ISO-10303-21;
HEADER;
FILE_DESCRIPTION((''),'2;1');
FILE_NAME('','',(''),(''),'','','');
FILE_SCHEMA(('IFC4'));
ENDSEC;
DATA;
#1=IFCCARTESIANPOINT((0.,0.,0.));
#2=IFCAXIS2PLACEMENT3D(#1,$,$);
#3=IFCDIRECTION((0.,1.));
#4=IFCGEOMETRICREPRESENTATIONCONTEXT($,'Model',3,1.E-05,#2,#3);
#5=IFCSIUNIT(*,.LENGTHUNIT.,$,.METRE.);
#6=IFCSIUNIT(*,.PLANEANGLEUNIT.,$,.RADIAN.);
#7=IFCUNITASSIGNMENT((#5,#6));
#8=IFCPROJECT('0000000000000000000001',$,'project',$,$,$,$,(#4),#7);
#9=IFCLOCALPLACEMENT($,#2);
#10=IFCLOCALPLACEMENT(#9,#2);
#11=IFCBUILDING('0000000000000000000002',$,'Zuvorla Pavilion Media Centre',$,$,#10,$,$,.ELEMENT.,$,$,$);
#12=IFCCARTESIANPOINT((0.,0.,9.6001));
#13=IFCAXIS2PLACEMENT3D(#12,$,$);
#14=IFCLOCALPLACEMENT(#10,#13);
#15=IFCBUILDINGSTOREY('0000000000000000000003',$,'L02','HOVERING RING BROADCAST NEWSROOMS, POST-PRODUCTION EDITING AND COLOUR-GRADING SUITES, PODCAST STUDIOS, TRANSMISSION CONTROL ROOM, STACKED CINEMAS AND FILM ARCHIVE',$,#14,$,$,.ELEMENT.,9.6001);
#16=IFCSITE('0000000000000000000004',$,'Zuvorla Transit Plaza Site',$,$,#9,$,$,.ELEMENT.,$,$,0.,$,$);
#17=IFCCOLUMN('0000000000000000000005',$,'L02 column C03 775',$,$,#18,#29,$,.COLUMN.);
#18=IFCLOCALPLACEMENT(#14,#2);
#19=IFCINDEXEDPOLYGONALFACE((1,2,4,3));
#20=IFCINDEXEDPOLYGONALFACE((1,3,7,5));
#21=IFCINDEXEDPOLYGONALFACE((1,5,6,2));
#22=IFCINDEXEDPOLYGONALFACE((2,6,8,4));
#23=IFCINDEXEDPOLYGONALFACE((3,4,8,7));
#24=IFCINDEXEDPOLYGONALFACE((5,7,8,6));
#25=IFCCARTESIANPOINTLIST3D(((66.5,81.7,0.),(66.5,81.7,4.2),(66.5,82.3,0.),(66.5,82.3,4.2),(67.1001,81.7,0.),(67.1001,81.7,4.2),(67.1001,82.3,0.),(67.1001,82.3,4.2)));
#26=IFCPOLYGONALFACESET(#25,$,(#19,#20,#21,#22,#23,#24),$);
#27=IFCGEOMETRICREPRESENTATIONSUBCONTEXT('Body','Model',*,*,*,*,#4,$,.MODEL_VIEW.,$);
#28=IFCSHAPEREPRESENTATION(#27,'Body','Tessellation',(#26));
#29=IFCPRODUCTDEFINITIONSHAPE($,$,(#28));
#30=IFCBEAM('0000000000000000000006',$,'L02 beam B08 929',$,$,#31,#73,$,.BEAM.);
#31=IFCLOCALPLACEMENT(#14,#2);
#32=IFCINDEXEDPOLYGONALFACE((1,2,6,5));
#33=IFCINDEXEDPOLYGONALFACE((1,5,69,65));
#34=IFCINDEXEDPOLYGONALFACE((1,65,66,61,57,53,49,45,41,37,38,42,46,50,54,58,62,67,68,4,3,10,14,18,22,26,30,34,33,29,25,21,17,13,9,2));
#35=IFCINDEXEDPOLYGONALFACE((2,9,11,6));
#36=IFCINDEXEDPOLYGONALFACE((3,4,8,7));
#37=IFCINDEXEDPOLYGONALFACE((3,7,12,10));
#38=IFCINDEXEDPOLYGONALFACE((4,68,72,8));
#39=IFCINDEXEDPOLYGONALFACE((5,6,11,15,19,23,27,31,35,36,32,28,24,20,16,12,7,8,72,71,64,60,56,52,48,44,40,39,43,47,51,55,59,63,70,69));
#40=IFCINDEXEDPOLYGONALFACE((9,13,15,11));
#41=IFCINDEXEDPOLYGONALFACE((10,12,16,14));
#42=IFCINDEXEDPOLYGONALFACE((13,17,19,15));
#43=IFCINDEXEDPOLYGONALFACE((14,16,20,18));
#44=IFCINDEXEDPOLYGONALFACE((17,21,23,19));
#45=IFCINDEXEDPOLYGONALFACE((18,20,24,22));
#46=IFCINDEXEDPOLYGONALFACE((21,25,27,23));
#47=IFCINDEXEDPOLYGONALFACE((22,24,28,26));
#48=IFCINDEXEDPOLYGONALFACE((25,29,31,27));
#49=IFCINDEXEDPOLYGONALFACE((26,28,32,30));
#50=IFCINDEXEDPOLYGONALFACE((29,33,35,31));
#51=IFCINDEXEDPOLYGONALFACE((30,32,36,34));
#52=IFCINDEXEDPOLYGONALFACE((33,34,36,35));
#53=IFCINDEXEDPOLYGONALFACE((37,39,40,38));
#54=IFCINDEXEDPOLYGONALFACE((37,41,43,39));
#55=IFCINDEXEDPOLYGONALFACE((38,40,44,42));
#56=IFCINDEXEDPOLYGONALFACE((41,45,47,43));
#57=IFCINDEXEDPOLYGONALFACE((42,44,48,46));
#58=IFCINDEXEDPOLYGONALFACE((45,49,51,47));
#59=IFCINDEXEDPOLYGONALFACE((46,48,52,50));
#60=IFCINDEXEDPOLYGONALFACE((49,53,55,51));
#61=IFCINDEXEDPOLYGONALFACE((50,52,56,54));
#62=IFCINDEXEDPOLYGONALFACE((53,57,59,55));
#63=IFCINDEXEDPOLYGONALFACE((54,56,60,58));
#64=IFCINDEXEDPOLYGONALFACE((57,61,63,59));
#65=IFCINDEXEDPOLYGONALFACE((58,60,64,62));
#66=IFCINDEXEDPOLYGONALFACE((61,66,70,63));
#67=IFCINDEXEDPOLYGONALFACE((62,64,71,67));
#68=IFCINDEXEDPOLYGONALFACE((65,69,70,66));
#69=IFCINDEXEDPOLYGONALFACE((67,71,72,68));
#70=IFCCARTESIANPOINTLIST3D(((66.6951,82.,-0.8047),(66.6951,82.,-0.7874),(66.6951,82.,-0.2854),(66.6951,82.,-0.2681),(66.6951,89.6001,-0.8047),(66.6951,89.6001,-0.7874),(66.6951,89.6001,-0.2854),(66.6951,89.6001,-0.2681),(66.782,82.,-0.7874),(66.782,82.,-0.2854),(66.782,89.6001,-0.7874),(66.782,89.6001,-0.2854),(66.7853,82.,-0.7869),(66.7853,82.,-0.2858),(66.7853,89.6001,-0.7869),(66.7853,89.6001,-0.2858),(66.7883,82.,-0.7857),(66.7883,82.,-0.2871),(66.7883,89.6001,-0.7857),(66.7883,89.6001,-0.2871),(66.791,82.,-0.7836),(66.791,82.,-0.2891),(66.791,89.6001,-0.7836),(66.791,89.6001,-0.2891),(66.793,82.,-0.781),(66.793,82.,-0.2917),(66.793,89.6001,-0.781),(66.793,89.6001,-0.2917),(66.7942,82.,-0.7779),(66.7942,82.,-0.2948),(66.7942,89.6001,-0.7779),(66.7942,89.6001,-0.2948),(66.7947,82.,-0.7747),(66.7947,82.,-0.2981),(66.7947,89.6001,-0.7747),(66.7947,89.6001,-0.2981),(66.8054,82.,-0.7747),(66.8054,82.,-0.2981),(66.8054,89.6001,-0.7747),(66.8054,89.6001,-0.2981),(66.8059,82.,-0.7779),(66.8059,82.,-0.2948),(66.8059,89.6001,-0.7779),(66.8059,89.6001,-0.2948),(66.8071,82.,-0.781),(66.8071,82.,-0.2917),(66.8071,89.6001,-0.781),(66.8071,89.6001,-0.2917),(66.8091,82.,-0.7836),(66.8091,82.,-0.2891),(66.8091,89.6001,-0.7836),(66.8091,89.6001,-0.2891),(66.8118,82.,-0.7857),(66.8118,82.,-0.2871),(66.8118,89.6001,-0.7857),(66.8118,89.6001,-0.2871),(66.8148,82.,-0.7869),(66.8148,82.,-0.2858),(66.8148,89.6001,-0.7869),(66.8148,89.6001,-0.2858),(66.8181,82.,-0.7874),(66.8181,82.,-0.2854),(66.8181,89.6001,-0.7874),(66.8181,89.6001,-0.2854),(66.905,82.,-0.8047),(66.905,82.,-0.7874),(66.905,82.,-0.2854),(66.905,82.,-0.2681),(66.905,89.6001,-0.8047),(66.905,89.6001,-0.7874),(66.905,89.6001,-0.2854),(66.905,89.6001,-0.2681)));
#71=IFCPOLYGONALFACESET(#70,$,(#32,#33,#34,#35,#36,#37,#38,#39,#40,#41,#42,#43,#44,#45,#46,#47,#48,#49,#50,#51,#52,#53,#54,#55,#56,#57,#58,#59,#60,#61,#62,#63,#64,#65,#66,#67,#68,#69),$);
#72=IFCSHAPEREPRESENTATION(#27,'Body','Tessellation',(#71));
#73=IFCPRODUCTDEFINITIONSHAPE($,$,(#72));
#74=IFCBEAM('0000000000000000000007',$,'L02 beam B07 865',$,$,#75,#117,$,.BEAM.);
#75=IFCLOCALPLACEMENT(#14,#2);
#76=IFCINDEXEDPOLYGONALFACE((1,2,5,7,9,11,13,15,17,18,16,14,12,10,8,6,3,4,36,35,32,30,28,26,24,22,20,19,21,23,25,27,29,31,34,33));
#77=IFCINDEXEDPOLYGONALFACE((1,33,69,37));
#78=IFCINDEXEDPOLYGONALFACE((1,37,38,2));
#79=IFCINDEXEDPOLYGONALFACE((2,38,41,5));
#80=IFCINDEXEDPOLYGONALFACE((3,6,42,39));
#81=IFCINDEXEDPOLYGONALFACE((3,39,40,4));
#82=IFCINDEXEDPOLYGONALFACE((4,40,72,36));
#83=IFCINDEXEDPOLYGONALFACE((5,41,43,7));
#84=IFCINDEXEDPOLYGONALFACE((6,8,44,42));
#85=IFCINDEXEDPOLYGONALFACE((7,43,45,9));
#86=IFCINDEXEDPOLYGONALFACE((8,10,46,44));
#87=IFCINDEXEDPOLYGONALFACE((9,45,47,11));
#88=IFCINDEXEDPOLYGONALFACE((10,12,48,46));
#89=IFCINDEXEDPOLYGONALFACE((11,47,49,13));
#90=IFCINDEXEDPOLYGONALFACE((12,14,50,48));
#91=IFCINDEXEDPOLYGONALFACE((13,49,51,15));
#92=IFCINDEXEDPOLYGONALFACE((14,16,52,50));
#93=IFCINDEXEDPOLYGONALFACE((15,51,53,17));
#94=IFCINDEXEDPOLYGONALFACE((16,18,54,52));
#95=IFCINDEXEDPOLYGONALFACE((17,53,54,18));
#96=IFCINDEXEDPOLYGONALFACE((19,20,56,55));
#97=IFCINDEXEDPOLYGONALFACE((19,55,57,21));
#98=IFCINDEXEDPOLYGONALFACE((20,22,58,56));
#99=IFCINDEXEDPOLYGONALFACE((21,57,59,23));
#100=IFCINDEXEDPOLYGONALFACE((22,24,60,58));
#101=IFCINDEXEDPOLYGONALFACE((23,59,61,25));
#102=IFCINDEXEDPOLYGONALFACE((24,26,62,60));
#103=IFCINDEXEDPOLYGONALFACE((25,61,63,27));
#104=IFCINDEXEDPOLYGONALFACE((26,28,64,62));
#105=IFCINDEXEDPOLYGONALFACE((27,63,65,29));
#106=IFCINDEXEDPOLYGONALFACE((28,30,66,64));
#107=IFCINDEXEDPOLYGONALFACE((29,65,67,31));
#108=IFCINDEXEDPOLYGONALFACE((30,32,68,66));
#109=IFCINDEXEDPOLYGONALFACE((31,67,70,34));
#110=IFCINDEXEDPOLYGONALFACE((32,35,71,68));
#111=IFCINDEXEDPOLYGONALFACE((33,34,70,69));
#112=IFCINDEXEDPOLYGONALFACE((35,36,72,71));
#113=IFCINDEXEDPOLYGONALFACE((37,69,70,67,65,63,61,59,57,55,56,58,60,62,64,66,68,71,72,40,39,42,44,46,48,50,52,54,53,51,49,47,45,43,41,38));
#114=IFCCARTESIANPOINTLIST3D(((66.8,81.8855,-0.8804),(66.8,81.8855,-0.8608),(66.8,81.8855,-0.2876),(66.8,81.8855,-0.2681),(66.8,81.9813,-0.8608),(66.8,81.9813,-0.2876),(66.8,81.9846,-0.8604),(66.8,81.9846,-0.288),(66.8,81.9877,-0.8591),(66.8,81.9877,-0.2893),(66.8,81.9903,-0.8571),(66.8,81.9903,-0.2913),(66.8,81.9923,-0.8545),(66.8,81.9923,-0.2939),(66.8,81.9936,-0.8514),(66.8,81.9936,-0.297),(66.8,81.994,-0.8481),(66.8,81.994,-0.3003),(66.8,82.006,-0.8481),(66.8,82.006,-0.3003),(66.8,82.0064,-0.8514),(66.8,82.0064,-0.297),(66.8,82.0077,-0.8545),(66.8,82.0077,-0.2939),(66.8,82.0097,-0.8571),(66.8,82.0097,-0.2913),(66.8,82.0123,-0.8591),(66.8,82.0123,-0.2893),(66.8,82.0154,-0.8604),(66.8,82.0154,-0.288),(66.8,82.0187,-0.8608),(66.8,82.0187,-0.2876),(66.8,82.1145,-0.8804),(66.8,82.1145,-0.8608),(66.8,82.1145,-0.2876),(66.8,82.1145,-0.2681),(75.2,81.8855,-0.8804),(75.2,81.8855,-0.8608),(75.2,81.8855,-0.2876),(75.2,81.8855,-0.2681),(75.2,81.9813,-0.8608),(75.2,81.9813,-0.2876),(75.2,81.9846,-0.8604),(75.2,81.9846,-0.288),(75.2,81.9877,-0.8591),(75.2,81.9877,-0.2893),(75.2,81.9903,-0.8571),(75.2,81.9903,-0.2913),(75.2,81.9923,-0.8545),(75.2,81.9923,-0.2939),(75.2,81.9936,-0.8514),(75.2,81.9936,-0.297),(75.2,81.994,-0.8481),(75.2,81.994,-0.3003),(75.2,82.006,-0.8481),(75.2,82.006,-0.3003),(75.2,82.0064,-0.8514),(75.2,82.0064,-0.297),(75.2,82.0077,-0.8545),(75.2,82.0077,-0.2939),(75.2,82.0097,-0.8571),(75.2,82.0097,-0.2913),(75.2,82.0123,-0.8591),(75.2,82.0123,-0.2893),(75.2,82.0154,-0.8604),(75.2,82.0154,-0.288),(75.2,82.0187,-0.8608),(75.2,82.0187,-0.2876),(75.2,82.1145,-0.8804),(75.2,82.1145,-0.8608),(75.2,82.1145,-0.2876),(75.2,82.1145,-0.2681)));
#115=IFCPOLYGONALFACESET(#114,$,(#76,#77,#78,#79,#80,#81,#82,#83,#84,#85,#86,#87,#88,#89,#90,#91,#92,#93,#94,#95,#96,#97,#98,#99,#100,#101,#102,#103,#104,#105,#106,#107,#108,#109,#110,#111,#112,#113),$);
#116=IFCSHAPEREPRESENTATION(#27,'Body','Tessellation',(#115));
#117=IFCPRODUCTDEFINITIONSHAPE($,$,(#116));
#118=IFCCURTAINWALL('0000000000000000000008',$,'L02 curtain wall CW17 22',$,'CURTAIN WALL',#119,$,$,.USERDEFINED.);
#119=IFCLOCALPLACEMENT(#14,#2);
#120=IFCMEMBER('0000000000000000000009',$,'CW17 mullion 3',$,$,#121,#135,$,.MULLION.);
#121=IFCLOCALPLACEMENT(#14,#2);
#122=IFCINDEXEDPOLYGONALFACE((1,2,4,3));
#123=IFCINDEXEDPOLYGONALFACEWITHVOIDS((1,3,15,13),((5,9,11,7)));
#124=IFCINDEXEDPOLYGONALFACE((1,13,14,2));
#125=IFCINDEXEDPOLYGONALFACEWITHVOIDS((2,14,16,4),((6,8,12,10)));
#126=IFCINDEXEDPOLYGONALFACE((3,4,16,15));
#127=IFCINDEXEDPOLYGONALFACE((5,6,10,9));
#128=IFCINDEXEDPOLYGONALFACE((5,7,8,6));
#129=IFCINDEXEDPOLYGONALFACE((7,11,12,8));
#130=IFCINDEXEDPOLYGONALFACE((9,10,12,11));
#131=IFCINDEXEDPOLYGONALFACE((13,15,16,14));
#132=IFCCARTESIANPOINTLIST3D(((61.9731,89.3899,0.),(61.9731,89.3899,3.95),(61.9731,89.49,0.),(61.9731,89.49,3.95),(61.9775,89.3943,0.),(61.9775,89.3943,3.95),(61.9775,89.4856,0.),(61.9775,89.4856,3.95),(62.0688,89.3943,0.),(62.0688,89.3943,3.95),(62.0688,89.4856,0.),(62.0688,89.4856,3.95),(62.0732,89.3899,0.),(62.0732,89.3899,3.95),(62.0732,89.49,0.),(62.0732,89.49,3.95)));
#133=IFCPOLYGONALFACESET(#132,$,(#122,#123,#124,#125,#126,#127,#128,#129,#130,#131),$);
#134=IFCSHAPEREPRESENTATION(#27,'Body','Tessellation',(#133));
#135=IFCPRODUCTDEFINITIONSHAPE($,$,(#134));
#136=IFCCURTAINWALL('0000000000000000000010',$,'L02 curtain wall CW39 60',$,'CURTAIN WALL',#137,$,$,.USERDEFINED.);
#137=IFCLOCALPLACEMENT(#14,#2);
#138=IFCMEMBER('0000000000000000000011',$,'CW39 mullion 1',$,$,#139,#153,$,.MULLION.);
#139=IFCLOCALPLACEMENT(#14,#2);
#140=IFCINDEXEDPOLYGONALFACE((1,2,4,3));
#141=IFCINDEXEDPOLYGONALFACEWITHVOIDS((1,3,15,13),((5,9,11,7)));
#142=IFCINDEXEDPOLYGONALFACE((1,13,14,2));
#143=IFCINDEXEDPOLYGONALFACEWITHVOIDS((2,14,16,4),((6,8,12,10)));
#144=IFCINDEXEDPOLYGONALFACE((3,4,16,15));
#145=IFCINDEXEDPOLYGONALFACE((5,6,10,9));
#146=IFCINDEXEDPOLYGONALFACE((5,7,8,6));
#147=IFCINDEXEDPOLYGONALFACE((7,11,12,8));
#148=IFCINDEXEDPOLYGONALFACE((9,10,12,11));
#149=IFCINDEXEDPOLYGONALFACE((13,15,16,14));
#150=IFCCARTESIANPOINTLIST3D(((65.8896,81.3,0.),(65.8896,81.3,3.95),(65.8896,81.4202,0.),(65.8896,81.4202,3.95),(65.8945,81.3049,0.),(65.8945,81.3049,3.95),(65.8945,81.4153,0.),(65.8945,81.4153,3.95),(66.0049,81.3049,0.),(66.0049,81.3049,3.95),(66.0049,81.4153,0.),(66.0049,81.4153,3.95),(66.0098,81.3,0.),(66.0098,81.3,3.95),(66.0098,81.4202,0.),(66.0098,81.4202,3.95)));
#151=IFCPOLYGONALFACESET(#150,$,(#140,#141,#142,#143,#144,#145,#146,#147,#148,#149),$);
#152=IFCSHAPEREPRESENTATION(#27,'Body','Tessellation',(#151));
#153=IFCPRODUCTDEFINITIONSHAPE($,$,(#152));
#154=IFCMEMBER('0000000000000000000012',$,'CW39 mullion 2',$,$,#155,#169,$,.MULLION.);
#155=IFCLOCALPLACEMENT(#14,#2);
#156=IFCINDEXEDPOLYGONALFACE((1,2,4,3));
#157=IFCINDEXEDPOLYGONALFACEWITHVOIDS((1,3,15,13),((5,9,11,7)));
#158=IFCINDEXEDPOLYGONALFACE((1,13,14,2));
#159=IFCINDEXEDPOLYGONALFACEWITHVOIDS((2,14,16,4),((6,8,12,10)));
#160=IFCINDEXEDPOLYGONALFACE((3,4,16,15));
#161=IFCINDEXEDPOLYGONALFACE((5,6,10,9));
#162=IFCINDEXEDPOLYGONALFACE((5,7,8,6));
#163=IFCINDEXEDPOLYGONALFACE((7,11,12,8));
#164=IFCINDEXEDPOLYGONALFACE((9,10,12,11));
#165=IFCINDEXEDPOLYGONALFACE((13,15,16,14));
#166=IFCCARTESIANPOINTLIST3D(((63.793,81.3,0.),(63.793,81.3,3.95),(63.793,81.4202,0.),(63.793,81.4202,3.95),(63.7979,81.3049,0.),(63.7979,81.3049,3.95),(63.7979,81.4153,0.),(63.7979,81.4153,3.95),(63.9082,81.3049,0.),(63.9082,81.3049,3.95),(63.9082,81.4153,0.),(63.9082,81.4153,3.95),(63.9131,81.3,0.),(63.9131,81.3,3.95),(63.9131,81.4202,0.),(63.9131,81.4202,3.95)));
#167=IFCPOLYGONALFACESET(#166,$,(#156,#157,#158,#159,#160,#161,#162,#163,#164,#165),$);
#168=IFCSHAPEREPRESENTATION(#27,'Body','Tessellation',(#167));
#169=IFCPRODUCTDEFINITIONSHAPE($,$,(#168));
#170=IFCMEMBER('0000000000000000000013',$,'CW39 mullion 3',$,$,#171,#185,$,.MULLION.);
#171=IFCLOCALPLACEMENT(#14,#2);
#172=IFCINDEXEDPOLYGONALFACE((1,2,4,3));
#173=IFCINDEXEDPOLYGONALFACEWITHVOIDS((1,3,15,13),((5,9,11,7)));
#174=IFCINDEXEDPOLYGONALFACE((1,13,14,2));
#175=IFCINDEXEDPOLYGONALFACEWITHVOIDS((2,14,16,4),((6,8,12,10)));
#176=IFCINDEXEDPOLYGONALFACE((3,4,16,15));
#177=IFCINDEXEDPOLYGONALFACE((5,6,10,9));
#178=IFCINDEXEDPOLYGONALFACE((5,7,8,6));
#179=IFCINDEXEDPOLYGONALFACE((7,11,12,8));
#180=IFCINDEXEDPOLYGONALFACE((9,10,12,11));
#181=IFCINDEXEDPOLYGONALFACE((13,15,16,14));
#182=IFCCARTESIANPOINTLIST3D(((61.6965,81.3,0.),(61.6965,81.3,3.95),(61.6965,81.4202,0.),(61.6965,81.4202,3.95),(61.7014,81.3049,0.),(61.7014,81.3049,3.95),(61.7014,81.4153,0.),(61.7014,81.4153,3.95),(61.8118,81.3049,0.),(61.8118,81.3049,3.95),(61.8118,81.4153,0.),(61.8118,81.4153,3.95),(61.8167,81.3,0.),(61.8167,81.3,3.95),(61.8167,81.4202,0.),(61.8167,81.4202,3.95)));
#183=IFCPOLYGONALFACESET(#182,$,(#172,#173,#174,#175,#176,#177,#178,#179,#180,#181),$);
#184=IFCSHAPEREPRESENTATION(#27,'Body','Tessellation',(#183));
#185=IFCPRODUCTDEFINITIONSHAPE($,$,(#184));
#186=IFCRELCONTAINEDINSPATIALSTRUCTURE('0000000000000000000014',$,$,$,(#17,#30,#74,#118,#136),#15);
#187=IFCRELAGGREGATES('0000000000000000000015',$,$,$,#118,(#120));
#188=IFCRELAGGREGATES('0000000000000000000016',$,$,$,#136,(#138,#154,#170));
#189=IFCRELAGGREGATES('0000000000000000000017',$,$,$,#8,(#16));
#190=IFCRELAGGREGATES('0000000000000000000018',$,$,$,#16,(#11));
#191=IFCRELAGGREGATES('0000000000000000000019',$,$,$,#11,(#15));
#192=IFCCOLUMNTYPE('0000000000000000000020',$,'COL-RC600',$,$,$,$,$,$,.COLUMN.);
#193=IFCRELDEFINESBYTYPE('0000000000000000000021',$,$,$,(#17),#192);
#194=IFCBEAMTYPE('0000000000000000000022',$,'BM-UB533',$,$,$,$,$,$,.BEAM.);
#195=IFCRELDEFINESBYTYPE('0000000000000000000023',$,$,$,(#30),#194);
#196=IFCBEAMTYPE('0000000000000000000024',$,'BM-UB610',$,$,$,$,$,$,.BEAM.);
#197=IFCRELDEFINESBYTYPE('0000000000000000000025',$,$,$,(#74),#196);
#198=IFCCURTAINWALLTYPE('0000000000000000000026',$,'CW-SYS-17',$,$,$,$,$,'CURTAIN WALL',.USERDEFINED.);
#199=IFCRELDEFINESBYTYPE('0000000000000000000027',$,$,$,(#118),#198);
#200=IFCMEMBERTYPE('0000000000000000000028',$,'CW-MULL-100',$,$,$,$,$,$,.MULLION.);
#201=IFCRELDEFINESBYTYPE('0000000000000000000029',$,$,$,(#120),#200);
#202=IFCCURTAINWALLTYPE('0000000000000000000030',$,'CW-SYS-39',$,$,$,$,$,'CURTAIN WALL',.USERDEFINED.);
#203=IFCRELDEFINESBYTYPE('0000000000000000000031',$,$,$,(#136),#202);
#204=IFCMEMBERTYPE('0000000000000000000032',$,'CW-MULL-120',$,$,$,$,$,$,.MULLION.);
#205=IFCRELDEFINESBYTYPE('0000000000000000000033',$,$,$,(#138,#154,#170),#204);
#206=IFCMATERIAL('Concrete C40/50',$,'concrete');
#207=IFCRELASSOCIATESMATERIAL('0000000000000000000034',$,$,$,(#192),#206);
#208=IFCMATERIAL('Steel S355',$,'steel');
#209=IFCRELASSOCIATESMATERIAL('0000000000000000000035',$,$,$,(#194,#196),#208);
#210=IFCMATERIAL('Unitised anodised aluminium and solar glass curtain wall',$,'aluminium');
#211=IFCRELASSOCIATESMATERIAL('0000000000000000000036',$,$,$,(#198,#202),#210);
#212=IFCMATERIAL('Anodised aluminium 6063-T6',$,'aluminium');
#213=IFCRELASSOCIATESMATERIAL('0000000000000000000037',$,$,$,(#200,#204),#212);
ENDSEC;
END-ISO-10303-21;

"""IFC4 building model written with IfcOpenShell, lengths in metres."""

from ifc_helpers import new_model, si_unit, direction, frame, origin, origin_2d, place, context, subcontext, project, spatial, rectangle, hollow_rectangle, i_section, extrude, material, material_profile, profile_set, type_object, element, aggregate, save


model = new_model("IFC4")

# Units and contexts
model_context = context("Model", 3, precision=1e-05, world=origin(), true_north=direction((0.0, 1.0)))
body_context = subcontext(model_context, "Body", "Model", "MODEL_VIEW")
ifc_project = project(units=[si_unit("LENGTHUNIT", "METRE"), si_unit("PLANEANGLEUNIT", "RADIAN")], contexts=[model_context])

# Site, building, storey
site_placement = place(None, origin())
site = spatial("IfcSite", under=ifc_project, at=site_placement, Name="Zuvorla Transit Plaza Site", CompositionType="ELEMENT", RefElevation=0.0)
building_placement = place(site_placement, origin())
building = spatial("IfcBuilding", under=site, at=building_placement, Name="Zuvorla Pavilion Media Centre", CompositionType="ELEMENT")
storey_placement = place(building_placement, frame((0.0, 0.0, 9.6001)))
storey = spatial("IfcBuildingStorey", under=building, at=storey_placement, Name="L02", Description="HOVERING RING BROADCAST NEWSROOMS, POST-PRODUCTION EDITING AND COLOUR-GRADING SUITES, PODCAST STUDIOS, TRANSMISSION CONTROL ROOM, STACKED CINEMAS AND FILM ARCHIVE", CompositionType="ELEMENT", Elevation=9.6001)

# Column
ifc_material_1 = material(Name="Concrete C40/50", Category="concrete")
ifc_material_profile_1 = material_profile(ifc_material_1, rectangle(XDim=0.6001, YDim=0.6001, at=origin_2d()), Name="RC 600x600")
ifc_profile_set_1 = profile_set([ifc_material_profile_1], Name="Concrete C40/50")
column_type = type_object("IfcColumnType", Name="COL-RC600", PredefinedType="COLUMN", material=ifc_profile_set_1)
column_placement = place(storey_placement, frame((66.8, 82.0, 0.0), z_axis=(0.0, 0.0, 1.0), x_axis=(1.0, 0.0, 0.0)))
element("IfcColumn", 1, at=column_placement, inside=storey, type_object=column_type, Name="L02 column C03 775", PredefinedType="COLUMN", context=body_context, shape_type="SweptSolid", body=[
    extrude(rectangle(XDim=0.6001, YDim=0.6001, at=origin_2d()), origin(), (0.0, 0.0, 1.0), 4.2),
])

# Beams
ifc_material_2 = material(Name="Steel S355", Category="steel")
ifc_material_profile_2 = material_profile(ifc_material_2, i_section(OverallWidth=0.21, OverallDepth=0.5366, WebThickness=0.0107, FlangeThickness=0.0173, FilletRadius=0.0127, at=origin_2d()), Name="UB 533x210x101")
ifc_profile_set_2 = profile_set([ifc_material_profile_2], Name="Steel S355")
beam_type_1 = type_object("IfcBeamType", Name="BM-UB533", PredefinedType="BEAM", material=ifc_profile_set_2)
beam_1_placement = place(storey_placement, frame((66.8, 82.0, -0.5364), z_axis=(0.0, 1.0, 0.0), x_axis=(-1.0, 0.0, 0.0)))
element("IfcBeam", 2, at=beam_1_placement, inside=storey, type_object=beam_type_1, Name="L02 beam B08 929", PredefinedType="BEAM", context=body_context, shape_type="SweptSolid", body=[
    extrude(i_section(OverallWidth=0.21, OverallDepth=0.5366, WebThickness=0.0107, FlangeThickness=0.0173, FilletRadius=0.0127, at=origin_2d()), origin(), (0.0, 0.0, 1.0), 7.6001),
])
ifc_material_profile_3 = material_profile(ifc_material_2, i_section(OverallWidth=0.229, OverallDepth=0.6123, WebThickness=0.012, FlangeThickness=0.0195, FilletRadius=0.0127, at=origin_2d()), Name="UB 610x229x125")
ifc_profile_set_3 = profile_set([ifc_material_profile_3], Name="Steel S355")
beam_type_2 = type_object("IfcBeamType", Name="BM-UB610", PredefinedType="BEAM", material=ifc_profile_set_3)
beam_2_placement = place(storey_placement, frame((66.8, 82.0, -0.5742), z_axis=(1.0, 0.0, 0.0), x_axis=(0.0, 1.0, 0.0)))
element("IfcBeam", 3, at=beam_2_placement, inside=storey, type_object=beam_type_2, Name="L02 beam B07 865", PredefinedType="BEAM", context=body_context, shape_type="SweptSolid", body=[
    extrude(i_section(OverallWidth=0.229, OverallDepth=0.6123, WebThickness=0.012, FlangeThickness=0.0195, FilletRadius=0.0127, at=origin_2d()), origin(), (0.0, 0.0, 1.0), 8.3999),
])

# Curtain wall, member
ifc_material_3 = material(Name="Unitised anodised aluminium and solar glass curtain wall", Category="aluminium")
curtain_wall_type_1 = type_object("IfcCurtainWallType", Name="CW-SYS-17", ElementType="CURTAIN WALL", PredefinedType="USERDEFINED", material=ifc_material_3)
curtain_wall_1_placement = place(storey_placement, origin())
curtain_wall_1 = element("IfcCurtainWall", 4, at=curtain_wall_1_placement, inside=storey, type_object=curtain_wall_type_1, Name="L02 curtain wall CW17 22", ObjectType="CURTAIN WALL", PredefinedType="USERDEFINED")
ifc_material_4 = material(Name="Anodised aluminium 6063-T6", Category="aluminium")
ifc_material_profile_4 = material_profile(ifc_material_4, hollow_rectangle(XDim=0.1001, YDim=0.1001, WallThickness=0.0044, at=origin_2d()), Name="ALU MULL 100x100")
ifc_profile_set_4 = profile_set([ifc_material_profile_4], Name="Anodised aluminium 6063-T6")
member_type_1 = type_object("IfcMemberType", Name="CW-MULL-100", PredefinedType="MULLION", material=ifc_profile_set_4)
member_1_placement = place(storey_placement, frame((62.0232, 89.4399, 0.0), z_axis=(0.0, 0.0, 1.0), x_axis=(1.0, 0.0, 0.0)))
member_1 = element("IfcMember", 5, at=member_1_placement, type_object=member_type_1, Name="CW17 mullion 3", PredefinedType="MULLION", context=body_context, shape_type="SweptSolid", body=[
    extrude(hollow_rectangle(XDim=0.1001, YDim=0.1001, WallThickness=0.0044, at=origin_2d()), origin(), (0.0, 0.0, 1.0), 3.95),
])

# Curtain wall, members
curtain_wall_type_2 = type_object("IfcCurtainWallType", Name="CW-SYS-39", ElementType="CURTAIN WALL", PredefinedType="USERDEFINED", material=ifc_material_3)
curtain_wall_2_placement = place(storey_placement, origin())
curtain_wall_2 = element("IfcCurtainWall", 6, at=curtain_wall_2_placement, inside=storey, type_object=curtain_wall_type_2, Name="L02 curtain wall CW39 60", ObjectType="CURTAIN WALL", PredefinedType="USERDEFINED")
ifc_material_profile_5 = material_profile(ifc_material_4, hollow_rectangle(XDim=0.1201, YDim=0.1201, WallThickness=0.0049, at=origin_2d()), Name="ALU MULL 120x120")
ifc_profile_set_5 = profile_set([ifc_material_profile_5], Name="Anodised aluminium 6063-T6")
member_type_2 = type_object("IfcMemberType", Name="CW-MULL-120", PredefinedType="MULLION", material=ifc_profile_set_5)
member_2_placement = place(storey_placement, frame((65.9497, 81.3601, 0.0), z_axis=(0.0, 0.0, 1.0), x_axis=(1.0, 0.0, 0.0)))
member_2 = element("IfcMember", 7, at=member_2_placement, type_object=member_type_2, Name="CW39 mullion 1", PredefinedType="MULLION", context=body_context, shape_type="SweptSolid", body=[
    extrude(hollow_rectangle(XDim=0.1201, YDim=0.1201, WallThickness=0.0049, at=origin_2d()), origin(), (0.0, 0.0, 1.0), 3.95),
])
member_3_placement = place(storey_placement, frame((63.853, 81.3601, 0.0), z_axis=(0.0, 0.0, 1.0), x_axis=(1.0, 0.0, 0.0)))
member_3 = element("IfcMember", 8, at=member_3_placement, type_object=member_type_2, Name="CW39 mullion 2", PredefinedType="MULLION", context=body_context, shape_type="SweptSolid", body=[
    extrude(hollow_rectangle(XDim=0.1201, YDim=0.1201, WallThickness=0.0049, at=origin_2d()), origin(), (0.0, 0.0, 1.0), 3.95),
])
member_4_placement = place(storey_placement, frame((61.7566, 81.3601, 0.0), z_axis=(0.0, 0.0, 1.0), x_axis=(1.0, 0.0, 0.0)))
member_4 = element("IfcMember", 9, at=member_4_placement, type_object=member_type_2, Name="CW39 mullion 3", PredefinedType="MULLION", context=body_context, shape_type="SweptSolid", body=[
    extrude(hollow_rectangle(XDim=0.1201, YDim=0.1201, WallThickness=0.0049, at=origin_2d()), origin(), (0.0, 0.0, 1.0), 3.95),
])

aggregate(curtain_wall_1, [member_1])
aggregate(curtain_wall_2, [member_2, member_3, member_4])

save(model, "model.ifc")
